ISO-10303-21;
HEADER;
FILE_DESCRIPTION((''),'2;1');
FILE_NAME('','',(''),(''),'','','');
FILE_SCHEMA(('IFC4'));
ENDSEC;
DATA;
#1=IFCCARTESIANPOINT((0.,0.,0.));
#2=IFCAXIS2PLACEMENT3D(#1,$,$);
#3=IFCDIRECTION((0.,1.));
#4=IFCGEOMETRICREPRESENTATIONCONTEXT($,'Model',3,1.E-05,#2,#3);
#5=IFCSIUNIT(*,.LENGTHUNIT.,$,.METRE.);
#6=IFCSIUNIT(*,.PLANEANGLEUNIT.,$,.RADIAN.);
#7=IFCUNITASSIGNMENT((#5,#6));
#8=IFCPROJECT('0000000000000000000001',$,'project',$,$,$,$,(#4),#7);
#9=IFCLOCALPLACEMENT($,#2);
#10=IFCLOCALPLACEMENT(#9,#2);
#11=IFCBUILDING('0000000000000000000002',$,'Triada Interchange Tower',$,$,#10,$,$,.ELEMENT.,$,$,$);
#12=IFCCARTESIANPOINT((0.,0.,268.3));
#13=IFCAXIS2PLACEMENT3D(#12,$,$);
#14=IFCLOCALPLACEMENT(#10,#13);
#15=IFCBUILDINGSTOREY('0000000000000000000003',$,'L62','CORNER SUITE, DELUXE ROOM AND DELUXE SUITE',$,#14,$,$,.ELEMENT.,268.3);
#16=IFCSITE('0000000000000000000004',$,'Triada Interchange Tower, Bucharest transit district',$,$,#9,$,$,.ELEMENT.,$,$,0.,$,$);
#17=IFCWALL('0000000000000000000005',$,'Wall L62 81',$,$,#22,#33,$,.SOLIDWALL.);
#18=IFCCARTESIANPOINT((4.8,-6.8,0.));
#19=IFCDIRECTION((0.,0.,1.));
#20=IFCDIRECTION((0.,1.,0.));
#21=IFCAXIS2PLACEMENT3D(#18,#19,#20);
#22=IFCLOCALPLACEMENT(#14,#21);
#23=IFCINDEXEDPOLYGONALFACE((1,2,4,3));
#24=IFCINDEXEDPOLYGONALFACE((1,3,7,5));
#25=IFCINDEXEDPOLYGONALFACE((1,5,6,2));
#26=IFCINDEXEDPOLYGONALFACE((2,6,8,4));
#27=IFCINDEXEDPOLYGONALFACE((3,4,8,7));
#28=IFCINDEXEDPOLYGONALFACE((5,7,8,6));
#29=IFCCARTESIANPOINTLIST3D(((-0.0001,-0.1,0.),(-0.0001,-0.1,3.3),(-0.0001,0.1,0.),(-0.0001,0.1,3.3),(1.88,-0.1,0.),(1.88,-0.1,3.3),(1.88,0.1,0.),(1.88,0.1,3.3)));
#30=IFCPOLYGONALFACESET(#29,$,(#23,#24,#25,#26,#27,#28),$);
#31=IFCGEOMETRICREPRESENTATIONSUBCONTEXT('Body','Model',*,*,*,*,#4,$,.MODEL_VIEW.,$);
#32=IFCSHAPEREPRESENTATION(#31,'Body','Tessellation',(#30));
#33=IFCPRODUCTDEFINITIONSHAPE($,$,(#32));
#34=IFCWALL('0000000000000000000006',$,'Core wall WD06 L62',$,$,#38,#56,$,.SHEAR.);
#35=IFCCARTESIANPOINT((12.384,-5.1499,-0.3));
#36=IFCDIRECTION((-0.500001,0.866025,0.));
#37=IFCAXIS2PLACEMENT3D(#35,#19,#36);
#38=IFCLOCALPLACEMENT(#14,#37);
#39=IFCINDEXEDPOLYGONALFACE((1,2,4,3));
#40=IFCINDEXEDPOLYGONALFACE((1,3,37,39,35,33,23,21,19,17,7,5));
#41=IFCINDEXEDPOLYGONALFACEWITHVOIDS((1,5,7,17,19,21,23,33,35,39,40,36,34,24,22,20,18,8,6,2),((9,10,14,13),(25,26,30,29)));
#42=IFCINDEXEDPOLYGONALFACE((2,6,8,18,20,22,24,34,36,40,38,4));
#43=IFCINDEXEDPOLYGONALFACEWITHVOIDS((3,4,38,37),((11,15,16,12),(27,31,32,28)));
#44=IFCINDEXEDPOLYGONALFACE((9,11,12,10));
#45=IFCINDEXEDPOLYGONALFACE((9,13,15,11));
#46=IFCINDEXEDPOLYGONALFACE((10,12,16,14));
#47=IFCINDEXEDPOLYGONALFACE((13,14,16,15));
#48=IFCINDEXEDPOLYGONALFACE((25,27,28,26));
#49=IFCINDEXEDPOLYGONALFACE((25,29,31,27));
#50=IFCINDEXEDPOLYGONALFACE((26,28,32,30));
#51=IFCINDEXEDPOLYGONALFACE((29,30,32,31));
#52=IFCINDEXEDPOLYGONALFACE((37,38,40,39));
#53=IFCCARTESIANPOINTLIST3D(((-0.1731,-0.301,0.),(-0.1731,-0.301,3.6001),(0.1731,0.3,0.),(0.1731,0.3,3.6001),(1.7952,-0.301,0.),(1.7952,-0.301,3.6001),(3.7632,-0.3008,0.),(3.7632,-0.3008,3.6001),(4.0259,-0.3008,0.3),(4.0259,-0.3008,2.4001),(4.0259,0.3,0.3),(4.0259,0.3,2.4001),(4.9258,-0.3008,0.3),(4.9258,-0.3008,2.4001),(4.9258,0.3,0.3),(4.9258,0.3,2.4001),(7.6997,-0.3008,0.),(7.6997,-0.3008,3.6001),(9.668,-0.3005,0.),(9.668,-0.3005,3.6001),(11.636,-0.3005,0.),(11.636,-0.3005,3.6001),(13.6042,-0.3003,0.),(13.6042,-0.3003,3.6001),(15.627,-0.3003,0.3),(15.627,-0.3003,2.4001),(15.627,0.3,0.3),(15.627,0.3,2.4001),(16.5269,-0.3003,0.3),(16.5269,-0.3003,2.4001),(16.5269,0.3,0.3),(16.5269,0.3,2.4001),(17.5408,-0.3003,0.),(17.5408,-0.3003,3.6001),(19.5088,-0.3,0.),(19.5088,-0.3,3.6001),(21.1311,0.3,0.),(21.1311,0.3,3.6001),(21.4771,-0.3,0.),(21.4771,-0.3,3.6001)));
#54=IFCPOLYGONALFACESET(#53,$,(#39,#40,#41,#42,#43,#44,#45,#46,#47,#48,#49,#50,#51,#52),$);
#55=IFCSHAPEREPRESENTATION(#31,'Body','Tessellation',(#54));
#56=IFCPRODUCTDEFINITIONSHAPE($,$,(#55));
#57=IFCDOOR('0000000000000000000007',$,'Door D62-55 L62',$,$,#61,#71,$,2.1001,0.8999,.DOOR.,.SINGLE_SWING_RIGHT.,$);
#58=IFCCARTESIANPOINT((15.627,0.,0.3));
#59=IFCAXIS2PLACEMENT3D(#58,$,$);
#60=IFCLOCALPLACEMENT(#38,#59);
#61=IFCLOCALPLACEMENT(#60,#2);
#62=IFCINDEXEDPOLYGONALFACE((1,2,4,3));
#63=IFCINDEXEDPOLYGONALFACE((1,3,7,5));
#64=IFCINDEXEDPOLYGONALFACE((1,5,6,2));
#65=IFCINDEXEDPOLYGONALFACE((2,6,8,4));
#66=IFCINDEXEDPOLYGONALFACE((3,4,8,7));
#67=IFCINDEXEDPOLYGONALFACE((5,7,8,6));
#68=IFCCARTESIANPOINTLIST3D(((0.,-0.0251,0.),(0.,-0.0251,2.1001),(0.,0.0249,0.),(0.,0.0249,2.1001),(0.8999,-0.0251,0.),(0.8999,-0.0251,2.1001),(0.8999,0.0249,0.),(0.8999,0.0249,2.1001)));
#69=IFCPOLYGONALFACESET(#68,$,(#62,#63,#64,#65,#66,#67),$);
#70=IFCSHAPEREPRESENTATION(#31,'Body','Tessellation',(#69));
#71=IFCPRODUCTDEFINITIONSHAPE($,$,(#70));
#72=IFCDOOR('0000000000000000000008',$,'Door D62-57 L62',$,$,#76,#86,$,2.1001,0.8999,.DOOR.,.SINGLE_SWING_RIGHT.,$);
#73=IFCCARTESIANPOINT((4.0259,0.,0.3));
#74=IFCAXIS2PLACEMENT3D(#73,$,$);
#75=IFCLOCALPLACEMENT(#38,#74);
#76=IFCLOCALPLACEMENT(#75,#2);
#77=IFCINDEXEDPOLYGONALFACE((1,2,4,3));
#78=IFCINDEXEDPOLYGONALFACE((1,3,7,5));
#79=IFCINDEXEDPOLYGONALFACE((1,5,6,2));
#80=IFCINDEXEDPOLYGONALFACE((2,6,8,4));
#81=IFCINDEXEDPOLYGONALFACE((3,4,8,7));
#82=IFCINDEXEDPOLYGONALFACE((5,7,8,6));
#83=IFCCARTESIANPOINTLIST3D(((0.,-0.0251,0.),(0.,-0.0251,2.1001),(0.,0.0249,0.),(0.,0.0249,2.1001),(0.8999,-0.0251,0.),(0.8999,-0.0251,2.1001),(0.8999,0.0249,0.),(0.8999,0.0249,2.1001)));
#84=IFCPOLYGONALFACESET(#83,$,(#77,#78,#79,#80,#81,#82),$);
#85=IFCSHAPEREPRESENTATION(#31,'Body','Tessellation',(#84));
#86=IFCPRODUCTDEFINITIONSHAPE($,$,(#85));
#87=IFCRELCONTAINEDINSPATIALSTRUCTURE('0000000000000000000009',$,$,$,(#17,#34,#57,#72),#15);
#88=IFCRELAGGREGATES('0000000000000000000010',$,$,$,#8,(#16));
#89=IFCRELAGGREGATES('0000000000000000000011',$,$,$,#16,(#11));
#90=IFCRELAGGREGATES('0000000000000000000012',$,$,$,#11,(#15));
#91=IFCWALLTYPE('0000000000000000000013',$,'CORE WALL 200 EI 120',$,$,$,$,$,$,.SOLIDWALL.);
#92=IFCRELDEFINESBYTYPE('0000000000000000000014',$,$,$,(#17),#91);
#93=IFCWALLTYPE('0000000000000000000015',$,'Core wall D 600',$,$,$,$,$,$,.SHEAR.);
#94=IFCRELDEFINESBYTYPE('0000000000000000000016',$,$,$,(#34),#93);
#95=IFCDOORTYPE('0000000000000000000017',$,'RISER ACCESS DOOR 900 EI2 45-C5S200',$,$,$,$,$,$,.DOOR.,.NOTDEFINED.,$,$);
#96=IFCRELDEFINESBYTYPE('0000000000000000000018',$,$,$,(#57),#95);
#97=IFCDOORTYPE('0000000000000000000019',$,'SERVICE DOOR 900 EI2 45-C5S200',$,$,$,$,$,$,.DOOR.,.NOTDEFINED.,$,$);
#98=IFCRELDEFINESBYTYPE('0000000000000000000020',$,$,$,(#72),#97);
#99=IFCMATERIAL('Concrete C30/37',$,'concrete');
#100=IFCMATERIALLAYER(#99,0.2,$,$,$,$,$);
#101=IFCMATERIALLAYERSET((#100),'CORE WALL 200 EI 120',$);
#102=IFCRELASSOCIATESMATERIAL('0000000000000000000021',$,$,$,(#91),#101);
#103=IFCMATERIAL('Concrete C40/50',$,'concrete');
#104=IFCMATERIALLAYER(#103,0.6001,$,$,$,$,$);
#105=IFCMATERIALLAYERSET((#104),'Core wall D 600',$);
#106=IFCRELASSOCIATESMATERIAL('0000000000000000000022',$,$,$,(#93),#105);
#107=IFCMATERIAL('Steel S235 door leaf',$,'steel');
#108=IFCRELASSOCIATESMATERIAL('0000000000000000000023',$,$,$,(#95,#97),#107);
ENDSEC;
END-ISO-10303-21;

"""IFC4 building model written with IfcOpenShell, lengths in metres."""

from ifc_helpers import new_model, si_unit, direction, frame, frame_2d, origin, place, context, subcontext, project, spatial, polyline, rectangle, outline, extrude, material, layer, layer_set, type_object, element, fill, save


model = new_model("IFC4")

# Units and contexts
model_context = context("Model", 3, precision=1e-05, world=origin(), true_north=direction((0.0, 1.0)))
body_context = subcontext(model_context, "Body", "Model", "MODEL_VIEW")
ifc_project = project(units=[si_unit("LENGTHUNIT", "METRE"), si_unit("PLANEANGLEUNIT", "RADIAN")], contexts=[model_context])

# Site, building, storey
site_placement = place(None, origin())
site = spatial("IfcSite", under=ifc_project, at=site_placement, Name="Triada Interchange Tower, Bucharest transit district", CompositionType="ELEMENT", RefElevation=0.0)
building_placement = place(site_placement, origin())
building = spatial("IfcBuilding", under=site, at=building_placement, Name="Triada Interchange Tower", CompositionType="ELEMENT")
storey_placement = place(building_placement, frame((0.0, 0.0, 268.3)))
storey = spatial("IfcBuildingStorey", under=building, at=storey_placement, Name="L62", Description="CORNER SUITE, DELUXE ROOM AND DELUXE SUITE", CompositionType="ELEMENT", Elevation=268.3)

# Shared definitions
ifc_material_1 = material(Name="Concrete C30/37", Category="concrete")
ifc_layer_1 = layer(ifc_material_1, 0.2)
ifc_layer_set_1 = layer_set([ifc_layer_1], Name="CORE WALL 200 EI 120")
wall_type_1 = type_object("IfcWallType", Name="CORE WALL 200 EI 120", PredefinedType="SOLIDWALL", material=ifc_layer_set_1)

# Shared definitions
ifc_material_2 = material(Name="Steel S235 door leaf", Category="steel")

# Wall
wall_1_placement = place(storey_placement, frame((4.8, -6.8, 0.0), z_axis=(0.0, 0.0, 1.0), x_axis=(0.0, 1.0, 0.0)))
element("IfcWall", 1, at=wall_1_placement, inside=storey, type_object=wall_type_1, Name="Wall L62 81", PredefinedType="SOLIDWALL", context=body_context, shape_type="SweptSolid", body=[
    extrude(rectangle(XDim=1.8801, YDim=0.2, at=frame_2d((0.9399, 0.0))), origin(), (0.0, 0.0, 1.0), 3.3),
])

# Wall, openings, doors
ifc_material_3 = material(Name="Concrete C40/50", Category="concrete")
ifc_layer_2 = layer(ifc_material_3, 0.6001)
ifc_layer_set_2 = layer_set([ifc_layer_2], Name="Core wall D 600")
wall_type_2 = type_object("IfcWallType", Name="Core wall D 600", PredefinedType="SHEAR", material=ifc_layer_set_2)
wall_2_placement = place(storey_placement, frame((12.384, -5.1499, -0.3), z_axis=(0.0, 0.0, 1.0), x_axis=(-0.500001, 0.866025, 0.0)))
wall_2 = element("IfcWall", 2, at=wall_2_placement, inside=storey, type_object=wall_type_2, Name="Core wall WD06 L62", PredefinedType="SHEAR", context=body_context, shape_type="SweptSolid", body=[
    extrude(outline(polyline([(-0.1731, -0.301), (1.7952, -0.301), (3.7632, -0.3008), (5.7314, -0.3008), (7.6997, -0.3008), (9.668, -0.3005), (11.636, -0.3005), (13.6042, -0.3003), (15.5725, -0.3003), (17.5408, -0.3003), (19.5088, -0.3), (21.4771, -0.3), (21.1311, 0.3), (19.2258, 0.3), (17.3206, 0.3), (15.4153, 0.3), (13.51, 0.3), (11.6047, 0.3), (9.6995, 0.3), (7.7942, 0.3), (5.8889, 0.3), (3.9836, 0.3), (2.0784, 0.3), (0.1731, 0.3), (-0.1731, -0.301)])), origin(), (0.0, 0.0, 1.0), 3.6001),
])
opening_1_placement = place(wall_2_placement, frame((15.627, 0.0, 0.3)))
opening_1 = element("IfcOpeningElement", 3, at=opening_1_placement, cuts=wall_2, PredefinedType="OPENING", context=body_context, shape_type="SweptSolid", body=[
    extrude(rectangle(XDim=0.8999, YDim=2.1001, at=frame_2d((0.45, 1.05))), frame((0.0, 0.3101, 0.0), z_axis=(0.0, -1.0, 0.0), x_axis=(1.0, 0.0, 0.0)), (0.0, 0.0, 1.0), 0.6211),
])
opening_2_placement = place(wall_2_placement, frame((4.0259, 0.0, 0.3)))
opening_2 = element("IfcOpeningElement", 4, at=opening_2_placement, cuts=wall_2, PredefinedType="OPENING", context=body_context, shape_type="SweptSolid", body=[
    extrude(rectangle(XDim=0.8999, YDim=2.1001, at=frame_2d((0.45, 1.05))), frame((0.0, 0.3101, 0.0), z_axis=(0.0, -1.0, 0.0), x_axis=(1.0, 0.0, 0.0)), (0.0, 0.0, 1.0), 0.6211),
])
door_type_1 = type_object("IfcDoorType", Name="RISER ACCESS DOOR 900 EI2 45-C5S200", OperationType="NOTDEFINED", PredefinedType="DOOR", material=ifc_material_2)
door_1_placement = place(opening_1_placement, origin())
door_1 = element("IfcDoor", 5, at=door_1_placement, inside=storey, type_object=door_type_1, Name="Door D62-55 L62", OperationType="SINGLE_SWING_RIGHT", OverallHeight=2.1001, OverallWidth=0.8999, PredefinedType="DOOR", context=body_context, shape_type="SweptSolid", body=[
    extrude(rectangle(XDim=0.8999, YDim=2.1001, at=frame_2d((0.45, 1.05))), frame((0.0, 0.0249, 0.0), z_axis=(0.0, -1.0, 0.0), x_axis=(1.0, 0.0, 0.0)), (0.0, 0.0, 1.0), 0.05),
])
fill(opening_1, door_1)
door_type_2 = type_object("IfcDoorType", Name="SERVICE DOOR 900 EI2 45-C5S200", OperationType="NOTDEFINED", PredefinedType="DOOR", material=ifc_material_2)
door_2_placement = place(opening_2_placement, origin())
door_2 = element("IfcDoor", 6, at=door_2_placement, inside=storey, type_object=door_type_2, Name="Door D62-57 L62", OperationType="SINGLE_SWING_RIGHT", OverallHeight=2.1001, OverallWidth=0.8999, PredefinedType="DOOR", context=body_context, shape_type="SweptSolid", body=[
    extrude(rectangle(XDim=0.8999, YDim=2.1001, at=frame_2d((0.45, 1.05))), frame((0.0, 0.0249, 0.0), z_axis=(0.0, -1.0, 0.0), x_axis=(1.0, 0.0, 0.0)), (0.0, 0.0, 1.0), 0.05),
])
fill(opening_2, door_2)

save(model, "model.ifc")
